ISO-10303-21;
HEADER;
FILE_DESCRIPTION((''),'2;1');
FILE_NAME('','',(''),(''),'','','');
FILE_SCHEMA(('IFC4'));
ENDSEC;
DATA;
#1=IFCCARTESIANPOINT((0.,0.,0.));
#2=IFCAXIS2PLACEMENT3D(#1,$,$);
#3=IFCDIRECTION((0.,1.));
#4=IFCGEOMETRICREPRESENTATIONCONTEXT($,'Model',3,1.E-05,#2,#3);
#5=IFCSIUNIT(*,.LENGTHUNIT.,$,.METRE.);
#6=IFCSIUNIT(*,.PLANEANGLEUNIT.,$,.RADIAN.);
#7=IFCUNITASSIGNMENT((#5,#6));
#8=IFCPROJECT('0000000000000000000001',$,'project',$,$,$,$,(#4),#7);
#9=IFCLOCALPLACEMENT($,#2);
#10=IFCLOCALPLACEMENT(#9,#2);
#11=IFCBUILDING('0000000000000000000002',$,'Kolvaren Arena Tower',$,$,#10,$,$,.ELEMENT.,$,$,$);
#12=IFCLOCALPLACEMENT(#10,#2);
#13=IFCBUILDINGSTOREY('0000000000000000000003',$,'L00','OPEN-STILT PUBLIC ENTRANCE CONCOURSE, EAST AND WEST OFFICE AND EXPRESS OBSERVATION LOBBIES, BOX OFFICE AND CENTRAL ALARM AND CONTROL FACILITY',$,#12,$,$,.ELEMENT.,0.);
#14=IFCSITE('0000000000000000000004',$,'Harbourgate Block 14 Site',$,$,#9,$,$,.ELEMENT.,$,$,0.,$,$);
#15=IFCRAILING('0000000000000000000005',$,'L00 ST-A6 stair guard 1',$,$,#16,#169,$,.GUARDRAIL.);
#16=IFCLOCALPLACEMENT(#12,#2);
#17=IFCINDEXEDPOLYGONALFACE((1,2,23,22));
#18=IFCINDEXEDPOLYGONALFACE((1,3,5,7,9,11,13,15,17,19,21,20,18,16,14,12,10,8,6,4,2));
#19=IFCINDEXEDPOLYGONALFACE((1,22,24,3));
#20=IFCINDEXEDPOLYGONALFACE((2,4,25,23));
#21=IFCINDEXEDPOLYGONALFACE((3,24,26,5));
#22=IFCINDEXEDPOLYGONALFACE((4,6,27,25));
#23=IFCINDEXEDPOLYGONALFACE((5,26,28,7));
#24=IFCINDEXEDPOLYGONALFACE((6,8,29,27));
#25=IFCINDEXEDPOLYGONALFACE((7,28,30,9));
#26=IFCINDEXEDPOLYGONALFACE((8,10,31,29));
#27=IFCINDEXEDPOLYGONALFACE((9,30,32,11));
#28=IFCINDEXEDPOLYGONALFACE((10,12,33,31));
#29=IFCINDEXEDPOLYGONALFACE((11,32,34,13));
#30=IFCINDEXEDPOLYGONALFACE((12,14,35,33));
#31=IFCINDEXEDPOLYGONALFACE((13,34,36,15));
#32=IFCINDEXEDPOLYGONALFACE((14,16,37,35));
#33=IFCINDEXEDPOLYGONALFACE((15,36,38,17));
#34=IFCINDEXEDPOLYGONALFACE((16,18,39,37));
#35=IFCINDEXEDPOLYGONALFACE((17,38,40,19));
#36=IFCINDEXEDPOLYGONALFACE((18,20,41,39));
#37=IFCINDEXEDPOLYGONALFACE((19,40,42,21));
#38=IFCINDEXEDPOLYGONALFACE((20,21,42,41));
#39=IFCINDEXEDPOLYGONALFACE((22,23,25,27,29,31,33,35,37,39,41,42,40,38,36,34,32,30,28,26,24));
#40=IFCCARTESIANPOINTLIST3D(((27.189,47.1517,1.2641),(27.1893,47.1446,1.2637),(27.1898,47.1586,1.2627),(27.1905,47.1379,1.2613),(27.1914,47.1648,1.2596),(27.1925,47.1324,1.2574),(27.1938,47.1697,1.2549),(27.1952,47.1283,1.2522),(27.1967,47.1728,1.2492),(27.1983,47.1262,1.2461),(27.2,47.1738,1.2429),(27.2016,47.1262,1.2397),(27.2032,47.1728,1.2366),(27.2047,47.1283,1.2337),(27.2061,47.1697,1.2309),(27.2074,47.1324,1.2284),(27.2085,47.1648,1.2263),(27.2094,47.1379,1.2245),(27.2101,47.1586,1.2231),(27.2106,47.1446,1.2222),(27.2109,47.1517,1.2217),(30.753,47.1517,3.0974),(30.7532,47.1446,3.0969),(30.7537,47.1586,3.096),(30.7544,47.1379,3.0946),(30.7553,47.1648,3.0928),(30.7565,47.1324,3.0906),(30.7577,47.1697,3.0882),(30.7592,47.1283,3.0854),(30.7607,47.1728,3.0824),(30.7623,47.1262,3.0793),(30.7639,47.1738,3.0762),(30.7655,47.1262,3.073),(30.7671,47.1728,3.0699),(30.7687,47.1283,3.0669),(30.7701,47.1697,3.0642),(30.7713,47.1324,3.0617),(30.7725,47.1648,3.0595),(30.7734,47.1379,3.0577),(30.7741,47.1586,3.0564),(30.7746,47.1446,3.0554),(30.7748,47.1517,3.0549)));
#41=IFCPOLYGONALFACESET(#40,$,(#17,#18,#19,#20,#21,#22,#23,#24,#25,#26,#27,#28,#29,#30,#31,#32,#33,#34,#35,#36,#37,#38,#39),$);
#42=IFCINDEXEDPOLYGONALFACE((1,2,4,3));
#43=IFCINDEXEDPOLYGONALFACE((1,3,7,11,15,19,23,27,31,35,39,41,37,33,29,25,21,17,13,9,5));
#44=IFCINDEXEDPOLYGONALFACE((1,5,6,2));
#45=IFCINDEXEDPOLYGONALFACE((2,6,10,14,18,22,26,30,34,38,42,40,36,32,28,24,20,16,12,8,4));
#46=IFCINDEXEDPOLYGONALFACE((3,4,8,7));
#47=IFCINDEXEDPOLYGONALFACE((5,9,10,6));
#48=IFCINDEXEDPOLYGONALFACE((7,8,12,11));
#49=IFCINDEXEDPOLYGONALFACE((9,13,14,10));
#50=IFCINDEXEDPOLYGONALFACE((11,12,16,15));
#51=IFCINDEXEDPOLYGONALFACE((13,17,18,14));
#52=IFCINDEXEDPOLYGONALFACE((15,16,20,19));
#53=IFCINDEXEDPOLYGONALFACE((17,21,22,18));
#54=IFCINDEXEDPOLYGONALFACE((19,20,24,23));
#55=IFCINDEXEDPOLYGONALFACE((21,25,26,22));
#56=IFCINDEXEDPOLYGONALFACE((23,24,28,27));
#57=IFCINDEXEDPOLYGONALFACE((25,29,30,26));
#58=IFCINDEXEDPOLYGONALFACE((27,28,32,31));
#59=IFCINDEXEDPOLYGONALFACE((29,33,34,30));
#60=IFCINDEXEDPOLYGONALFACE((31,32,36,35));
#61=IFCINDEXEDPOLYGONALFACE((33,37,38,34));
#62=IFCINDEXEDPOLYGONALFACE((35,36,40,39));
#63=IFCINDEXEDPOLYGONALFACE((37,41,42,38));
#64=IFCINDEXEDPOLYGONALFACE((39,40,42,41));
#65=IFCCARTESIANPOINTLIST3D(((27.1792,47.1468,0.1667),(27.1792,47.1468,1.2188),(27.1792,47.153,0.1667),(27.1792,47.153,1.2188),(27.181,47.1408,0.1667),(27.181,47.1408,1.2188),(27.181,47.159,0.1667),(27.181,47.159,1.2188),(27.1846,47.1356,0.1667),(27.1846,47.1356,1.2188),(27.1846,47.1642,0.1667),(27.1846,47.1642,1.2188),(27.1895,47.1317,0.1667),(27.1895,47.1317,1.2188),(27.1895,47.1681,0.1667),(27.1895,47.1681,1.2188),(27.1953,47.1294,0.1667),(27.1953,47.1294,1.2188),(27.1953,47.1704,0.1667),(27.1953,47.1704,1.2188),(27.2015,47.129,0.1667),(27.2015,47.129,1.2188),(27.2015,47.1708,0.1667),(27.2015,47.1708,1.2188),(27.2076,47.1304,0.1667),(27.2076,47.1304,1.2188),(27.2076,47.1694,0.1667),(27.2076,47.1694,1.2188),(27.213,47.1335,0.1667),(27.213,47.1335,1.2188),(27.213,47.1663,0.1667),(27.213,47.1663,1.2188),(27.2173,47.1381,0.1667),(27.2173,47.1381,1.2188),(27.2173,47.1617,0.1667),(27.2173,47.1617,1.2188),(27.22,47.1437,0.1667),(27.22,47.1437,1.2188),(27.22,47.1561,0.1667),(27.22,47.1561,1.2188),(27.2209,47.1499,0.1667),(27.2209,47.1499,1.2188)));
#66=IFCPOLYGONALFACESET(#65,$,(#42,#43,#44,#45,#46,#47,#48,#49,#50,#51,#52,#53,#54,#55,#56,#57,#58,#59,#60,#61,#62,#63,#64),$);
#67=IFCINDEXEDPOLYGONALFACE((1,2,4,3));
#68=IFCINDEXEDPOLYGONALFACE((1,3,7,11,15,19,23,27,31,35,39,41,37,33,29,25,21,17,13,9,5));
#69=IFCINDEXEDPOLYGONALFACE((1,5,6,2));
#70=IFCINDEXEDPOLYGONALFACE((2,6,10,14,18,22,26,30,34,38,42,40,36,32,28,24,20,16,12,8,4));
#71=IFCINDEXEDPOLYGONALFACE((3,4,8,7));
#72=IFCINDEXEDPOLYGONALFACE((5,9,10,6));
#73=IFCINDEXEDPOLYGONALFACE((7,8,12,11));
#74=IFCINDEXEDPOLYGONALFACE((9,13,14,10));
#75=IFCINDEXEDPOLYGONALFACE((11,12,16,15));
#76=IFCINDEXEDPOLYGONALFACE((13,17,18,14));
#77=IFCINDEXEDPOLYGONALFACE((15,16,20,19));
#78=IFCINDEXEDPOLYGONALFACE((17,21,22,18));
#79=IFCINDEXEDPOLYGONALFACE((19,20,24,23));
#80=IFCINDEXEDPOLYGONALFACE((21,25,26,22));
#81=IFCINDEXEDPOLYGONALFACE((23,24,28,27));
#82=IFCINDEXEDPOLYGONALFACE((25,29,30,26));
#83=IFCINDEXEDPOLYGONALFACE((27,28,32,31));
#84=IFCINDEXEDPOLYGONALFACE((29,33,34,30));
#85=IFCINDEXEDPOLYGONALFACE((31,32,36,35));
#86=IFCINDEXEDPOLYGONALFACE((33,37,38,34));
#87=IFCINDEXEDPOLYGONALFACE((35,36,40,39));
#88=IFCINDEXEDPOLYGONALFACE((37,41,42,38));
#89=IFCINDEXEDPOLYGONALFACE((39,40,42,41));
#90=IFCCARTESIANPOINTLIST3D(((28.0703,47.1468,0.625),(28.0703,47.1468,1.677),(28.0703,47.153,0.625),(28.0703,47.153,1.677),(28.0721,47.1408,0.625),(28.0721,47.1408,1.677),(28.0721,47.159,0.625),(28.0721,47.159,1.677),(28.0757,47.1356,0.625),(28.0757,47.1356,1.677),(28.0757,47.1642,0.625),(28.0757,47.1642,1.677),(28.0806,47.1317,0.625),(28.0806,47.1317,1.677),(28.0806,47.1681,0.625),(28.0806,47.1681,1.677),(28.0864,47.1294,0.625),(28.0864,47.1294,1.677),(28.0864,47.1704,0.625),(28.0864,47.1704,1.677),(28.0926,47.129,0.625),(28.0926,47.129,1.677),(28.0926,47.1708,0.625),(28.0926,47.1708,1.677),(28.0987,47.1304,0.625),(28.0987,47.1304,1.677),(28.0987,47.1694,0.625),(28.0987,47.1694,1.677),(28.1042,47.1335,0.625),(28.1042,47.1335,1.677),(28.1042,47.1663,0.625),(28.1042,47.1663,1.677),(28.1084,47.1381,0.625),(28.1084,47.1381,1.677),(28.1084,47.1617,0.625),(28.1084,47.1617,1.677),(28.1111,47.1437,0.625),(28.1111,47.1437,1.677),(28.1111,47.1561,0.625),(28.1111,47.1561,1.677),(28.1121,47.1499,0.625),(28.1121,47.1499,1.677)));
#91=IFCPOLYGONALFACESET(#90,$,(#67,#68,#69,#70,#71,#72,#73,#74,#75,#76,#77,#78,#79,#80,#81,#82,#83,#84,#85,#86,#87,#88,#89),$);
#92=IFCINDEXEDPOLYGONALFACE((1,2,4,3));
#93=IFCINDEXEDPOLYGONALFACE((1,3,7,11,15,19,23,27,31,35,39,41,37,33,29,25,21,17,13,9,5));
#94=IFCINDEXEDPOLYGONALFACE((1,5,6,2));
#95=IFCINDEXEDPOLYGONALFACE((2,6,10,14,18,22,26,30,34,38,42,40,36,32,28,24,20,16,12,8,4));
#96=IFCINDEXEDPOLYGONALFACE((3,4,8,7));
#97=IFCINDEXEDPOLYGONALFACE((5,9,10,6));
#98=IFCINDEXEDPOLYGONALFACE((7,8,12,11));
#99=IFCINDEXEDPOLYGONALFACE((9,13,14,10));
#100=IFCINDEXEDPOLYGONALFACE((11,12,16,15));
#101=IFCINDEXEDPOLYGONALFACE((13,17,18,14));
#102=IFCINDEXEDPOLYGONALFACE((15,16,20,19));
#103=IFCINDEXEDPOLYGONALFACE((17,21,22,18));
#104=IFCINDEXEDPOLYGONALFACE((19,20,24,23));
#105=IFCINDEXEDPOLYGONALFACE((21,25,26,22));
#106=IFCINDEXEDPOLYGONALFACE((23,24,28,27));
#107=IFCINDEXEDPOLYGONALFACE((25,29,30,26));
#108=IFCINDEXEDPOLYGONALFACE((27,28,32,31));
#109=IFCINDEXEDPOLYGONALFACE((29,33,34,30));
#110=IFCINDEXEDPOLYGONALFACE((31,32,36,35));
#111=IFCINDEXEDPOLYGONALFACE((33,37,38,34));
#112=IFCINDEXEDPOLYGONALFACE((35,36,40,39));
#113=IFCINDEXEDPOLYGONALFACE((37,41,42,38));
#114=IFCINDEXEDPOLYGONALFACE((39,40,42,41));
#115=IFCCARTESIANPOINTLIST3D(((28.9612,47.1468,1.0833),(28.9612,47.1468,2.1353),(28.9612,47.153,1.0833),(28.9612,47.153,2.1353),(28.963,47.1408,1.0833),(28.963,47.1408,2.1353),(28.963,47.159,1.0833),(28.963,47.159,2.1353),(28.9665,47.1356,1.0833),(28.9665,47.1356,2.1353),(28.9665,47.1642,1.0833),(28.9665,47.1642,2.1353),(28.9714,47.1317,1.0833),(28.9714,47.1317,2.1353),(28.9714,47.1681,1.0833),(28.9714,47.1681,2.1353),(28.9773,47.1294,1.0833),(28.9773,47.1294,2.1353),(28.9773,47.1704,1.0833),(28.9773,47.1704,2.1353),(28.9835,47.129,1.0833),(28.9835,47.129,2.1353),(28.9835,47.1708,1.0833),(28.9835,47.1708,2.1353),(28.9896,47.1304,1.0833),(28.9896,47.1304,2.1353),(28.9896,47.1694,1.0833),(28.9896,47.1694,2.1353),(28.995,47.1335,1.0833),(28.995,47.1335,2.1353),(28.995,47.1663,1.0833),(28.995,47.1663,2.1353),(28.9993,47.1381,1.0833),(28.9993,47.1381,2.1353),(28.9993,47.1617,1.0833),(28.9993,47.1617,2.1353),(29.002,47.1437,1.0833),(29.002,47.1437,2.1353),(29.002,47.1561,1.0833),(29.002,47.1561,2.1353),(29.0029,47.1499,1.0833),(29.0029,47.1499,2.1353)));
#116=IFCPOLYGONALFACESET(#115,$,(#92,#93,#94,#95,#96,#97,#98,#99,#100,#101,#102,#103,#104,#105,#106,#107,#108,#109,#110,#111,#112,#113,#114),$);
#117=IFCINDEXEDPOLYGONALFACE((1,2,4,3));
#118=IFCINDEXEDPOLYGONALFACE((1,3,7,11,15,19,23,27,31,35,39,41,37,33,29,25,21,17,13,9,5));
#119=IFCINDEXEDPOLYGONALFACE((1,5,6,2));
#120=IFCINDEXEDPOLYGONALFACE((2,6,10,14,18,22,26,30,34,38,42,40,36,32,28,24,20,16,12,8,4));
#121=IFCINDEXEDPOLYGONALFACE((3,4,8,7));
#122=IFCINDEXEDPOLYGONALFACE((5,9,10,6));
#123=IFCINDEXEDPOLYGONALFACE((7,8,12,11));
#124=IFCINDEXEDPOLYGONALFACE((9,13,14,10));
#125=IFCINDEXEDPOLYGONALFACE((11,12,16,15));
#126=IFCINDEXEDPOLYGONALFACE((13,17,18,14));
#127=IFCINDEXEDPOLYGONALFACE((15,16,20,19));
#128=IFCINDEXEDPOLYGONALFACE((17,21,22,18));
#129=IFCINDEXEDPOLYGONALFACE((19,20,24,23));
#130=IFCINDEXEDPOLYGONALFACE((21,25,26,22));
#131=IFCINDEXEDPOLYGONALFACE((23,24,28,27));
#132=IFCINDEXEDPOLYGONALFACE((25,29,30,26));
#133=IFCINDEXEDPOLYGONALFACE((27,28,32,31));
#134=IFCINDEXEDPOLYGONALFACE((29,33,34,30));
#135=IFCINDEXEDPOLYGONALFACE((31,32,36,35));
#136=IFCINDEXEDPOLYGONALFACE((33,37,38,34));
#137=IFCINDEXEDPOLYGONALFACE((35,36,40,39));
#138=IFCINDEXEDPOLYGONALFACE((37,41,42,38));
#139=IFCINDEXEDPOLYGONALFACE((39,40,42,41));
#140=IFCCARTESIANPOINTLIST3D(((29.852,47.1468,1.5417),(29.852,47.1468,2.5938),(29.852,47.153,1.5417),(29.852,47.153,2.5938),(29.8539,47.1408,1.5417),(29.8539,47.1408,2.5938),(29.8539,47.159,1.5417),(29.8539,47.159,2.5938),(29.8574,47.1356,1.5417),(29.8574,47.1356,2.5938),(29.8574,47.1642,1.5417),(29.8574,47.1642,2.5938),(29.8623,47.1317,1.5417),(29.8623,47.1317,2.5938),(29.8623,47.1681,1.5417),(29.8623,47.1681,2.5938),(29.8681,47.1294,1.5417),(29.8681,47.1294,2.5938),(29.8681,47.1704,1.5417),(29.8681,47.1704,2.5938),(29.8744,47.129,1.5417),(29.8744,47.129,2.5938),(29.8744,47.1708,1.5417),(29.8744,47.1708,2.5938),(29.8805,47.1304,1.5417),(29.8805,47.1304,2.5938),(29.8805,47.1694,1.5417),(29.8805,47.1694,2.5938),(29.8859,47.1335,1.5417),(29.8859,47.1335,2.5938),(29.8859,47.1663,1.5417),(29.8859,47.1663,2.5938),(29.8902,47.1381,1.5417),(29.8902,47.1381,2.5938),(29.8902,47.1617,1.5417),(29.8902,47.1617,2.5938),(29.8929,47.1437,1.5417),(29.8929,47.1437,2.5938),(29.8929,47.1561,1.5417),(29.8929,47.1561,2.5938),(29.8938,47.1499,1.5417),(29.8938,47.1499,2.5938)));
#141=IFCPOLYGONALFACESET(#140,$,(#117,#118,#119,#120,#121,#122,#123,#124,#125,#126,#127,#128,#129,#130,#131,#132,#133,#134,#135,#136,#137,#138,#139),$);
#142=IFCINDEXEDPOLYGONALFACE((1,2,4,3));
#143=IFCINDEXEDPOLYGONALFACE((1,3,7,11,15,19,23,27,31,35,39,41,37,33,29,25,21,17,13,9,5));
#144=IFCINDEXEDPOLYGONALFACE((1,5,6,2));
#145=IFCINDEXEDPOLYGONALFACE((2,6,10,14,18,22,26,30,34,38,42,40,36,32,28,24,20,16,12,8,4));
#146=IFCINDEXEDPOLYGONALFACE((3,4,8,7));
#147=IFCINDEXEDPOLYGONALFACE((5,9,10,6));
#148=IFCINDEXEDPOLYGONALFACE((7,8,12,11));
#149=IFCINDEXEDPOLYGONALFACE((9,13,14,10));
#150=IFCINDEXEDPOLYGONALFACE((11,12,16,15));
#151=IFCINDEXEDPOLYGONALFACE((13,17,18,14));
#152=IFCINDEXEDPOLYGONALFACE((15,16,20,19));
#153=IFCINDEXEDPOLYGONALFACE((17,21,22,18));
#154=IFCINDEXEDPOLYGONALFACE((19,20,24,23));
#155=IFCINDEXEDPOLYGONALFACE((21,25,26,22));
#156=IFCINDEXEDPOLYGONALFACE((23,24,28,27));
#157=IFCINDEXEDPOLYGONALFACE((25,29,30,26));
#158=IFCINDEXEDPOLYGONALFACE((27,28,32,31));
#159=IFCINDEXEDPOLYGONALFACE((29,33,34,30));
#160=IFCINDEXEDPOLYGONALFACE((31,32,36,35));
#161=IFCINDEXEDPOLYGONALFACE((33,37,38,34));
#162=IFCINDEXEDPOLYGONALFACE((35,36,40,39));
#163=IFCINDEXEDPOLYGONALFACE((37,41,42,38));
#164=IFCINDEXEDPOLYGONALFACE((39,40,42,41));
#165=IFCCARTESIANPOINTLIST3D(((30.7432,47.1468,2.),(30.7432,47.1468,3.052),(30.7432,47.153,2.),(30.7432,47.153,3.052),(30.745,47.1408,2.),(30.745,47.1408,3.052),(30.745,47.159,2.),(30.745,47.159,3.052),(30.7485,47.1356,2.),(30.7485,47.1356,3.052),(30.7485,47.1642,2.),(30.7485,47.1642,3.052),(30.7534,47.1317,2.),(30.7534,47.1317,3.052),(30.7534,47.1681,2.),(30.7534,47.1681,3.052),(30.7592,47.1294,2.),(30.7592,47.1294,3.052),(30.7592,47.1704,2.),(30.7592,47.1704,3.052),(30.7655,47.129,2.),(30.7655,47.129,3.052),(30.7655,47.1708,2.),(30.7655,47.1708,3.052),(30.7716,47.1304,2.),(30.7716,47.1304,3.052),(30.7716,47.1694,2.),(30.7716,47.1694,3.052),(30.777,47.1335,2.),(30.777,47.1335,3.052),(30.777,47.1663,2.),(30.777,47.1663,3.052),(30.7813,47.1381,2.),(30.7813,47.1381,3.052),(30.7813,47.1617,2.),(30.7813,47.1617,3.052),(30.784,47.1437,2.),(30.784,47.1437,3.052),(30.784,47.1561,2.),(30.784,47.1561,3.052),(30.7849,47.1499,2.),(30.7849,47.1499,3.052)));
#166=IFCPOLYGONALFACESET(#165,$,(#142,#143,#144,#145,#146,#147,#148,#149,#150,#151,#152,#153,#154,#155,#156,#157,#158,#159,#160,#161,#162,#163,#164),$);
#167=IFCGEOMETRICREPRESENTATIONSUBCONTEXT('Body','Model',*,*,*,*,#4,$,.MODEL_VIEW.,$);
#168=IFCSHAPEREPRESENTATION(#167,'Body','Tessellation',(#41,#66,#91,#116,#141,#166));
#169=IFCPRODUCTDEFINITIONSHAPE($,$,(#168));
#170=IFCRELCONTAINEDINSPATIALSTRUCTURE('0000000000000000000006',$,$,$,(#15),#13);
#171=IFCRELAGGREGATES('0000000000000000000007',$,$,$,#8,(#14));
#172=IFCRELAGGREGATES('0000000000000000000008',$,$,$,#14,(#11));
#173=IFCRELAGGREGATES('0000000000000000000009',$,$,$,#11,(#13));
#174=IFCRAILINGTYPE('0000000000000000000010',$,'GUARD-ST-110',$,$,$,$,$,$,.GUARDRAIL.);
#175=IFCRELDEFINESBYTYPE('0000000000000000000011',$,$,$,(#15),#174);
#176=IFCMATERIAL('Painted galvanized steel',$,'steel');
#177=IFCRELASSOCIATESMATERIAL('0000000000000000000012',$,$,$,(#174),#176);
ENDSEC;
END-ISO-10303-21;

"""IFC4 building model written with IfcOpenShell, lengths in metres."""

from ifc_helpers import new_model, si_unit, direction, frame, origin, origin_2d, place, context, subcontext, project, spatial, circle, extrude, material, type_object, element, save


model = new_model("IFC4")

# Units and contexts
model_context = context("Model", 3, precision=1e-05, world=origin(), true_north=direction((0.0, 1.0)))
body_context = subcontext(model_context, "Body", "Model", "MODEL_VIEW")
ifc_project = project(units=[si_unit("LENGTHUNIT", "METRE"), si_unit("PLANEANGLEUNIT", "RADIAN")], contexts=[model_context])

# Site, building, storey
site_placement = place(None, origin())
site = spatial("IfcSite", under=ifc_project, at=site_placement, Name="Harbourgate Block 14 Site", CompositionType="ELEMENT", RefElevation=0.0)
building_placement = place(site_placement, origin())
building = spatial("IfcBuilding", under=site, at=building_placement, Name="Kolvaren Arena Tower", CompositionType="ELEMENT")
storey_placement = place(building_placement, origin())
storey = spatial("IfcBuildingStorey", under=building, at=storey_placement, Name="L00", Description="OPEN-STILT PUBLIC ENTRANCE CONCOURSE, EAST AND WEST OFFICE AND EXPRESS OBSERVATION LOBBIES, BOX OFFICE AND CENTRAL ALARM AND CONTROL FACILITY", CompositionType="ELEMENT", Elevation=0.0)

# Railing
ifc_material_1 = material(Name="Painted galvanized steel", Category="steel")
railing_type_1 = type_object("IfcRailingType", Name="GUARD-ST-110", PredefinedType="GUARDRAIL", material=ifc_material_1)
railing_1_placement = place(storey_placement, frame((27.2, 47.1499, 0.1667)))
element("IfcRailing", 1, at=railing_1_placement, inside=storey, type_object=railing_type_1, Name="L00 ST-A6 stair guard 1", PredefinedType="GUARDRAIL", context=body_context, shape_type="SweptSolid", body=[
    extrude(circle(Radius=0.0239, at=origin_2d()), frame((0.0, 0.0, 1.0762), z_axis=(0.889252, 0.0, 0.457418), x_axis=(0.0, 1.0, 0.0)), (0.0, 0.0, 1.0), 4.0078),
    extrude(circle(Radius=0.021, at=origin_2d()), origin(), (0.0, 0.0, 1.0), 1.052),
    extrude(circle(Radius=0.021, at=origin_2d()), frame((0.8911, 0.0, 0.4583)), (0.0, 0.0, 1.0), 1.052),
    extrude(circle(Radius=0.021, at=origin_2d()), frame((1.782, 0.0, 0.9165)), (0.0, 0.0, 1.0), 1.052),
    extrude(circle(Radius=0.021, at=origin_2d()), frame((2.6729, 0.0, 1.375)), (0.0, 0.0, 1.0), 1.052),
    extrude(circle(Radius=0.021, at=origin_2d()), frame((3.564, 0.0, 1.8333)), (0.0, 0.0, 1.0), 1.052),
])

save(model, "model.ifc")
